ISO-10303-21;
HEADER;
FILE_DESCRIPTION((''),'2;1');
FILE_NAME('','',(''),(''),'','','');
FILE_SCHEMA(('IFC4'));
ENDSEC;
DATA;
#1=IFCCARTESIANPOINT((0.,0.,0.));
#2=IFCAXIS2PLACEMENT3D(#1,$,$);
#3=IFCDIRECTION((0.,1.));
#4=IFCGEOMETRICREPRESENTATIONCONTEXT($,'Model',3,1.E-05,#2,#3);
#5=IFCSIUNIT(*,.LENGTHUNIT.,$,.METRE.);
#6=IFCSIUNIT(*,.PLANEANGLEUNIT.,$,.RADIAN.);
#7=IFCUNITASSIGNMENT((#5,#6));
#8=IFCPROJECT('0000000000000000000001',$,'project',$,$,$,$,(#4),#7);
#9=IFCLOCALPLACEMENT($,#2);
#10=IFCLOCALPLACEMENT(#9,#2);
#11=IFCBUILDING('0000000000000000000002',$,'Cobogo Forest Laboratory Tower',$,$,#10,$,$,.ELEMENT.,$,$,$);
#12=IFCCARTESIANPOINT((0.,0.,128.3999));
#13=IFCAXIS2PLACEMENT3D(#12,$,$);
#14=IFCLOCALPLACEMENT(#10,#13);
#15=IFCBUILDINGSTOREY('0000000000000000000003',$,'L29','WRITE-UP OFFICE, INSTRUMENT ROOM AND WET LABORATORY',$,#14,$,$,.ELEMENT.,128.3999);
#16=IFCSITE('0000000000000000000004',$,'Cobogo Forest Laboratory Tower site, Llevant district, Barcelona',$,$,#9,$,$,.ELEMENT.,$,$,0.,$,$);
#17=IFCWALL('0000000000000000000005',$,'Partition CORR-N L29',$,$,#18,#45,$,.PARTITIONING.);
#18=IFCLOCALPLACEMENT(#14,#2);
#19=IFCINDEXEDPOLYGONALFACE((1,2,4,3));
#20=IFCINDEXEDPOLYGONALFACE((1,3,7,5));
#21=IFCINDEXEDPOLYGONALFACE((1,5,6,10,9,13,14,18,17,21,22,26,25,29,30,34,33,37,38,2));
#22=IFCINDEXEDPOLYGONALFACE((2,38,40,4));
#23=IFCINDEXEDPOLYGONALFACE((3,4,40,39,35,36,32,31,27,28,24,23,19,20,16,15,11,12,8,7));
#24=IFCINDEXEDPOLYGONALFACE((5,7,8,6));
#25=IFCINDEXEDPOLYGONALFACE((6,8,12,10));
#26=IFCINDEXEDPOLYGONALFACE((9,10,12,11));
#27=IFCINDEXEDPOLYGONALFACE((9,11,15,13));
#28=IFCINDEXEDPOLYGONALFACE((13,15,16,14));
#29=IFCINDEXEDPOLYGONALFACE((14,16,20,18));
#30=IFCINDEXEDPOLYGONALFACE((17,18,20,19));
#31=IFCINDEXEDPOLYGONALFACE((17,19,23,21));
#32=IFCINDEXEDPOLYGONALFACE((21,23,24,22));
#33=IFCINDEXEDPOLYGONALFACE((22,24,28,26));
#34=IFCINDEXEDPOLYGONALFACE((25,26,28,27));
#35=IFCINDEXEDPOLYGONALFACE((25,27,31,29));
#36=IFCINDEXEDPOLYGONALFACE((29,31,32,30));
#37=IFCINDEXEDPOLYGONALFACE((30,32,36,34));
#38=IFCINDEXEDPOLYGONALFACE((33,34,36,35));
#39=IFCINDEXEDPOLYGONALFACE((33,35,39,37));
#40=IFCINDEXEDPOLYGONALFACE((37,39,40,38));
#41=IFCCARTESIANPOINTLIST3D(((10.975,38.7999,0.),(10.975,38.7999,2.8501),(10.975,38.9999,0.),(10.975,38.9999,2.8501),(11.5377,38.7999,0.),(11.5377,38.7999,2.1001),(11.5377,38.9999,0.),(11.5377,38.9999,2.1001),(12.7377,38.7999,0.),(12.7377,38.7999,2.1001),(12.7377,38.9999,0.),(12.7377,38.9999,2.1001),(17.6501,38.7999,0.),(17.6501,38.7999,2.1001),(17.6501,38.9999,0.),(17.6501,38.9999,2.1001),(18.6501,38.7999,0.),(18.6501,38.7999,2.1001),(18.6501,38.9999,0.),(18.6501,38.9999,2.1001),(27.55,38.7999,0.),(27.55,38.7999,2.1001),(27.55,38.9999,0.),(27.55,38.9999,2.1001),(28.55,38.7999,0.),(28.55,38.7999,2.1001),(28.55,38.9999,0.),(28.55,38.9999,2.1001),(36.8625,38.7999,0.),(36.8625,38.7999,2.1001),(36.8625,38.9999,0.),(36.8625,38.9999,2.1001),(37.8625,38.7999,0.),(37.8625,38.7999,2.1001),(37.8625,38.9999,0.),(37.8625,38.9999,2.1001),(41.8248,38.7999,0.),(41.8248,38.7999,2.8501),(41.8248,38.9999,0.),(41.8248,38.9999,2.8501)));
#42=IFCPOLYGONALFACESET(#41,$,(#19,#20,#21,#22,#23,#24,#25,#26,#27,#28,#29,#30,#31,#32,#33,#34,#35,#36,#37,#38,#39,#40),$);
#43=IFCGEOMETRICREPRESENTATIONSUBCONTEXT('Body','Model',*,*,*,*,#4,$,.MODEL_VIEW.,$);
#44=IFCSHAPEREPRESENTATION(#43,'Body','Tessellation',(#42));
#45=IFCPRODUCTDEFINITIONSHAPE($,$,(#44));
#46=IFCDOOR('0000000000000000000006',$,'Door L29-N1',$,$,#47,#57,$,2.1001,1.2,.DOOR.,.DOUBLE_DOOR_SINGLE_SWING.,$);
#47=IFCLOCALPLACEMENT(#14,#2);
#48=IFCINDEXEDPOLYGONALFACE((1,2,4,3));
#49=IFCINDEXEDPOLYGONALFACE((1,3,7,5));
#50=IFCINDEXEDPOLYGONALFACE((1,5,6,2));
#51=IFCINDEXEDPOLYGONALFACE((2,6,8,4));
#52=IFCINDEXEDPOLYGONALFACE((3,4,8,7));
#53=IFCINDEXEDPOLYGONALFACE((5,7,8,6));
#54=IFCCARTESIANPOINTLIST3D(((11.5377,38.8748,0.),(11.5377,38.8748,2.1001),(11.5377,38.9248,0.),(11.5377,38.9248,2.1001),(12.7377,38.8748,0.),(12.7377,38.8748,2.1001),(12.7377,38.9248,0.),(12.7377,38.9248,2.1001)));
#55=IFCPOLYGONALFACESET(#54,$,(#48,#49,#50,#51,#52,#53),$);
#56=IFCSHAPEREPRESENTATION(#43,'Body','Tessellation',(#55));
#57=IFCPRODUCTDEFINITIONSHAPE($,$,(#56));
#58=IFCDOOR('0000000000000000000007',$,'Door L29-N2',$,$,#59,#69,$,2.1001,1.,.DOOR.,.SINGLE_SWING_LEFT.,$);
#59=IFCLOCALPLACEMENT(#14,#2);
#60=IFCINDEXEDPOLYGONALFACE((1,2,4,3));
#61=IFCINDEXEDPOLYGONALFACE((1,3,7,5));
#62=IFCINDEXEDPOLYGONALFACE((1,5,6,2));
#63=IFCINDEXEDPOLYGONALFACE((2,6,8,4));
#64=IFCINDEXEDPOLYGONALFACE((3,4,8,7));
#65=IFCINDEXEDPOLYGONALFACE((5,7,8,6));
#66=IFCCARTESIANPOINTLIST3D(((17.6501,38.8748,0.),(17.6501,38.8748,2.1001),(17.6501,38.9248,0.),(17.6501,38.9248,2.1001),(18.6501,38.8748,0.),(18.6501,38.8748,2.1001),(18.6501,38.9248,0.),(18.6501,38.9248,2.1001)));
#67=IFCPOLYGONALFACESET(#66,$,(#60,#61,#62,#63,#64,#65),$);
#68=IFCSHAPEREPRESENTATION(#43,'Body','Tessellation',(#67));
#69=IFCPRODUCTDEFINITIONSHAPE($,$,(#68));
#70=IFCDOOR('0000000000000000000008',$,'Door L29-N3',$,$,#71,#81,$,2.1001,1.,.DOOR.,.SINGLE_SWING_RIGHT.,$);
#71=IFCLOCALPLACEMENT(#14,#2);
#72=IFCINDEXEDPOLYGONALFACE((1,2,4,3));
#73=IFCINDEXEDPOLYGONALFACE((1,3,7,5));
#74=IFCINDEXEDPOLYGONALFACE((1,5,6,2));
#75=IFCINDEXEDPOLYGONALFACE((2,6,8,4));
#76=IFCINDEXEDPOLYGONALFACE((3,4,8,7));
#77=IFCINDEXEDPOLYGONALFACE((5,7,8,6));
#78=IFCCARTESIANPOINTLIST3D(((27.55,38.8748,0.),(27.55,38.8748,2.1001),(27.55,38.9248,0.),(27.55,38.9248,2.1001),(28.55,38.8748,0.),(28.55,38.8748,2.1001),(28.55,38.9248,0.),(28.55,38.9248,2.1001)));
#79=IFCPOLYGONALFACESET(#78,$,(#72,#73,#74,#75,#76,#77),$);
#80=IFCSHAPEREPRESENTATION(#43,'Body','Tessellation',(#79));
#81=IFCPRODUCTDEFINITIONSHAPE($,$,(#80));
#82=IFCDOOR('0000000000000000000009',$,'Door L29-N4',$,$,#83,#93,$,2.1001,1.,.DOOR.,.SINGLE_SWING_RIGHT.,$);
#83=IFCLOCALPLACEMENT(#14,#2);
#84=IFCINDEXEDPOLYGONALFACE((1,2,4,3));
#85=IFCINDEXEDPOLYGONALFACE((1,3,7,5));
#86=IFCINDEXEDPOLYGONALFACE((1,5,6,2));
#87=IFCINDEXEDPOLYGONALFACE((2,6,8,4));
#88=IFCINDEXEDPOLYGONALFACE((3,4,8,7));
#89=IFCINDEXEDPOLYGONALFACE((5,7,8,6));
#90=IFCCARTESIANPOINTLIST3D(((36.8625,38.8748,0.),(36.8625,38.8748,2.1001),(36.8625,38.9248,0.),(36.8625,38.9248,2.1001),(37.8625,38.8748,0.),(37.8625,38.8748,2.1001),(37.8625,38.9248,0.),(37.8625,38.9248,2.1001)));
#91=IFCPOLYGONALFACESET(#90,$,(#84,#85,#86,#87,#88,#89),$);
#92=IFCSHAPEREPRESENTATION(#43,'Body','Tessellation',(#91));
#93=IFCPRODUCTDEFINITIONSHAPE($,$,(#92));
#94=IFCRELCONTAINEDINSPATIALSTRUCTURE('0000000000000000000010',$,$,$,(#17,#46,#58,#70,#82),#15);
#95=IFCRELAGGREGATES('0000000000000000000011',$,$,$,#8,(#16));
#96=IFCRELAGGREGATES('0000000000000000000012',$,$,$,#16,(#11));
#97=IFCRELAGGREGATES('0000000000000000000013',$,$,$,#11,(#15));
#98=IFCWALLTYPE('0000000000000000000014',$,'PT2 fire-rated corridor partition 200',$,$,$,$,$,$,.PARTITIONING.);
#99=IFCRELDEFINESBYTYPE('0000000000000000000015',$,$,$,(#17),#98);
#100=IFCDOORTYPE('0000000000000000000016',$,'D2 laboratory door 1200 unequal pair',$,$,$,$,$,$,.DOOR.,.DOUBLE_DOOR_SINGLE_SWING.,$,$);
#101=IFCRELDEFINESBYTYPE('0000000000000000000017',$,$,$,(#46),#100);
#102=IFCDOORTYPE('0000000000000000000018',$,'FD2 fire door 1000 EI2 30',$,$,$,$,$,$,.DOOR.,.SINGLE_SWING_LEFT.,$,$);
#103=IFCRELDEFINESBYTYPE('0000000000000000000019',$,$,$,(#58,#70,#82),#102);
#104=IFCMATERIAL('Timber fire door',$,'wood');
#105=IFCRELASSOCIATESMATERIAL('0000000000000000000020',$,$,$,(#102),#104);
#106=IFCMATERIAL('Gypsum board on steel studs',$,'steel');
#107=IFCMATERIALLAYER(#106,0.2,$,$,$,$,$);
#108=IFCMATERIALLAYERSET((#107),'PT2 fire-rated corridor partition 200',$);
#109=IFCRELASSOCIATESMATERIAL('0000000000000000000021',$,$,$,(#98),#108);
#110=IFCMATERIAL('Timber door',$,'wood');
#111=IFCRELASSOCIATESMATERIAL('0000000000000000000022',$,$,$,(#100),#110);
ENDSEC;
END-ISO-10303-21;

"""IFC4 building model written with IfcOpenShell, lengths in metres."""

from ifc_helpers import new_model, si_unit, direction, frame, frame_2d, origin, place, context, subcontext, project, spatial, rectangle, extrude, material, layer, layer_set, type_object, element, fill, save


model = new_model("IFC4")

# Units and contexts
model_context = context("Model", 3, precision=1e-05, world=origin(), true_north=direction((0.0, 1.0)))
body_context = subcontext(model_context, "Body", "Model", "MODEL_VIEW")
ifc_project = project(units=[si_unit("LENGTHUNIT", "METRE"), si_unit("PLANEANGLEUNIT", "RADIAN")], contexts=[model_context])

# Site, building, storey
site_placement = place(None, origin())
site = spatial("IfcSite", under=ifc_project, at=site_placement, Name="Cobogo Forest Laboratory Tower site, Llevant district, Barcelona", CompositionType="ELEMENT", RefElevation=0.0)
building_placement = place(site_placement, origin())
building = spatial("IfcBuilding", under=site, at=building_placement, Name="Cobogo Forest Laboratory Tower", CompositionType="ELEMENT")
storey_placement = place(building_placement, frame((0.0, 0.0, 128.3999)))
storey = spatial("IfcBuildingStorey", under=building, at=storey_placement, Name="L29", Description="WRITE-UP OFFICE, INSTRUMENT ROOM AND WET LABORATORY", CompositionType="ELEMENT", Elevation=128.3999)

# Shared definitions
ifc_material_1 = material(Name="Gypsum board on steel studs", Category="steel")
ifc_material_2 = material(Name="Timber fire door", Category="wood")
door_type_1 = type_object("IfcDoorType", Name="FD2 fire door 1000 EI2 30", OperationType="SINGLE_SWING_LEFT", PredefinedType="DOOR", material=ifc_material_2)

# Wall, openings, doors
ifc_layer_1 = layer(ifc_material_1, 0.2)
ifc_layer_set_1 = layer_set([ifc_layer_1], Name="PT2 fire-rated corridor partition 200")
wall_type_1 = type_object("IfcWallType", Name="PT2 fire-rated corridor partition 200", PredefinedType="PARTITIONING", material=ifc_layer_set_1)
wall_1_placement = place(storey_placement, frame((10.9751, 38.8999, 0.0), z_axis=(0.0, 0.0, 1.0), x_axis=(1.0, 0.0, 0.0)))
wall_1 = element("IfcWall", 1, at=wall_1_placement, inside=storey, type_object=wall_type_1, Name="Partition CORR-N L29", PredefinedType="PARTITIONING", context=body_context, shape_type="SweptSolid", body=[
    extrude(rectangle(XDim=30.8499, YDim=0.2, at=frame_2d((15.4248, 0.0))), origin(), (0.0, 0.0, 1.0), 2.8501),
])
opening_1_placement = place(wall_1_placement, frame((0.5625, 0.0, 0.0)))
opening_1 = element("IfcOpeningElement", 2, at=opening_1_placement, cuts=wall_1, PredefinedType="OPENING", context=body_context, shape_type="SweptSolid", body=[
    extrude(rectangle(XDim=1.2, YDim=2.1001, at=frame_2d((0.6001, 1.05))), frame((0.0, 0.1099, 0.0), z_axis=(0.0, -1.0, 0.0), x_axis=(1.0, 0.0, 0.0)), (0.0, 0.0, 1.0), 0.22),
])
opening_2_placement = place(wall_1_placement, frame((6.675, 0.0, 0.0)))
opening_2 = element("IfcOpeningElement", 3, at=opening_2_placement, cuts=wall_1, PredefinedType="OPENING", context=body_context, shape_type="SweptSolid", body=[
    extrude(rectangle(XDim=1.0, YDim=2.1001, at=frame_2d((0.5, 1.05))), frame((0.0, 0.1099, 0.0), z_axis=(0.0, -1.0, 0.0), x_axis=(1.0, 0.0, 0.0)), (0.0, 0.0, 1.0), 0.22),
])
opening_3_placement = place(wall_1_placement, frame((16.575, 0.0, 0.0)))
opening_3 = element("IfcOpeningElement", 4, at=opening_3_placement, cuts=wall_1, PredefinedType="OPENING", context=body_context, shape_type="SweptSolid", body=[
    extrude(rectangle(XDim=1.0, YDim=2.1001, at=frame_2d((0.5, 1.05))), frame((0.0, 0.1099, 0.0), z_axis=(0.0, -1.0, 0.0), x_axis=(1.0, 0.0, 0.0)), (0.0, 0.0, 1.0), 0.22),
])
opening_4_placement = place(wall_1_placement, frame((25.8875, 0.0, 0.0)))
opening_4 = element("IfcOpeningElement", 5, at=opening_4_placement, cuts=wall_1, PredefinedType="OPENING", context=body_context, shape_type="SweptSolid", body=[
    extrude(rectangle(XDim=1.0, YDim=2.1001, at=frame_2d((0.5, 1.05))), frame((0.0, 0.1099, 0.0), z_axis=(0.0, -1.0, 0.0), x_axis=(1.0, 0.0, 0.0)), (0.0, 0.0, 1.0), 0.22),
])
ifc_material_3 = material(Name="Timber door", Category="wood")
door_type_2 = type_object("IfcDoorType", Name="D2 laboratory door 1200 unequal pair", OperationType="DOUBLE_DOOR_SINGLE_SWING", PredefinedType="DOOR", material=ifc_material_3)
door_1_placement = place(opening_1_placement, origin())
door_1 = element("IfcDoor", 6, at=door_1_placement, inside=storey, type_object=door_type_2, Name="Door L29-N1", OperationType="DOUBLE_DOOR_SINGLE_SWING", OverallHeight=2.1001, OverallWidth=1.2, PredefinedType="DOOR", context=body_context, shape_type="SweptSolid", body=[
    extrude(rectangle(XDim=1.2, YDim=2.1001, at=frame_2d((0.6001, 1.05))), frame((0.0, 0.0249, 0.0), z_axis=(0.0, -1.0, 0.0), x_axis=(1.0, 0.0, 0.0)), (0.0, 0.0, 1.0), 0.05),
])
fill(opening_1, door_1)
door_2_placement = place(opening_2_placement, origin())
door_2 = element("IfcDoor", 7, at=door_2_placement, inside=storey, type_object=door_type_1, Name="Door L29-N2", OperationType="SINGLE_SWING_LEFT", OverallHeight=2.1001, OverallWidth=1.0, PredefinedType="DOOR", context=body_context, shape_type="SweptSolid", body=[
    extrude(rectangle(XDim=1.0, YDim=2.1001, at=frame_2d((0.5, 1.05))), frame((0.0, 0.0249, 0.0), z_axis=(0.0, -1.0, 0.0), x_axis=(1.0, 0.0, 0.0)), (0.0, 0.0, 1.0), 0.05),
])
fill(opening_2, door_2)
door_3_placement = place(opening_3_placement, origin())
door_3 = element("IfcDoor", 8, at=door_3_placement, inside=storey, type_object=door_type_1, Name="Door L29-N3", OperationType="SINGLE_SWING_RIGHT", OverallHeight=2.1001, OverallWidth=1.0, PredefinedType="DOOR", context=body_context, shape_type="SweptSolid", body=[
    extrude(rectangle(XDim=1.0, YDim=2.1001, at=frame_2d((0.5, 1.05))), frame((0.0, 0.0249, 0.0), z_axis=(0.0, -1.0, 0.0), x_axis=(1.0, 0.0, 0.0)), (0.0, 0.0, 1.0), 0.05),
])
fill(opening_3, door_3)
door_4_placement = place(opening_4_placement, origin())
door_4 = element("IfcDoor", 9, at=door_4_placement, inside=storey, type_object=door_type_1, Name="Door L29-N4", OperationType="SINGLE_SWING_RIGHT", OverallHeight=2.1001, OverallWidth=1.0, PredefinedType="DOOR", context=body_context, shape_type="SweptSolid", body=[
    extrude(rectangle(XDim=1.0, YDim=2.1001, at=frame_2d((0.5, 1.05))), frame((0.0, 0.0249, 0.0), z_axis=(0.0, -1.0, 0.0), x_axis=(1.0, 0.0, 0.0)), (0.0, 0.0, 1.0), 0.05),
])
fill(opening_4, door_4)

save(model, "model.ifc")
